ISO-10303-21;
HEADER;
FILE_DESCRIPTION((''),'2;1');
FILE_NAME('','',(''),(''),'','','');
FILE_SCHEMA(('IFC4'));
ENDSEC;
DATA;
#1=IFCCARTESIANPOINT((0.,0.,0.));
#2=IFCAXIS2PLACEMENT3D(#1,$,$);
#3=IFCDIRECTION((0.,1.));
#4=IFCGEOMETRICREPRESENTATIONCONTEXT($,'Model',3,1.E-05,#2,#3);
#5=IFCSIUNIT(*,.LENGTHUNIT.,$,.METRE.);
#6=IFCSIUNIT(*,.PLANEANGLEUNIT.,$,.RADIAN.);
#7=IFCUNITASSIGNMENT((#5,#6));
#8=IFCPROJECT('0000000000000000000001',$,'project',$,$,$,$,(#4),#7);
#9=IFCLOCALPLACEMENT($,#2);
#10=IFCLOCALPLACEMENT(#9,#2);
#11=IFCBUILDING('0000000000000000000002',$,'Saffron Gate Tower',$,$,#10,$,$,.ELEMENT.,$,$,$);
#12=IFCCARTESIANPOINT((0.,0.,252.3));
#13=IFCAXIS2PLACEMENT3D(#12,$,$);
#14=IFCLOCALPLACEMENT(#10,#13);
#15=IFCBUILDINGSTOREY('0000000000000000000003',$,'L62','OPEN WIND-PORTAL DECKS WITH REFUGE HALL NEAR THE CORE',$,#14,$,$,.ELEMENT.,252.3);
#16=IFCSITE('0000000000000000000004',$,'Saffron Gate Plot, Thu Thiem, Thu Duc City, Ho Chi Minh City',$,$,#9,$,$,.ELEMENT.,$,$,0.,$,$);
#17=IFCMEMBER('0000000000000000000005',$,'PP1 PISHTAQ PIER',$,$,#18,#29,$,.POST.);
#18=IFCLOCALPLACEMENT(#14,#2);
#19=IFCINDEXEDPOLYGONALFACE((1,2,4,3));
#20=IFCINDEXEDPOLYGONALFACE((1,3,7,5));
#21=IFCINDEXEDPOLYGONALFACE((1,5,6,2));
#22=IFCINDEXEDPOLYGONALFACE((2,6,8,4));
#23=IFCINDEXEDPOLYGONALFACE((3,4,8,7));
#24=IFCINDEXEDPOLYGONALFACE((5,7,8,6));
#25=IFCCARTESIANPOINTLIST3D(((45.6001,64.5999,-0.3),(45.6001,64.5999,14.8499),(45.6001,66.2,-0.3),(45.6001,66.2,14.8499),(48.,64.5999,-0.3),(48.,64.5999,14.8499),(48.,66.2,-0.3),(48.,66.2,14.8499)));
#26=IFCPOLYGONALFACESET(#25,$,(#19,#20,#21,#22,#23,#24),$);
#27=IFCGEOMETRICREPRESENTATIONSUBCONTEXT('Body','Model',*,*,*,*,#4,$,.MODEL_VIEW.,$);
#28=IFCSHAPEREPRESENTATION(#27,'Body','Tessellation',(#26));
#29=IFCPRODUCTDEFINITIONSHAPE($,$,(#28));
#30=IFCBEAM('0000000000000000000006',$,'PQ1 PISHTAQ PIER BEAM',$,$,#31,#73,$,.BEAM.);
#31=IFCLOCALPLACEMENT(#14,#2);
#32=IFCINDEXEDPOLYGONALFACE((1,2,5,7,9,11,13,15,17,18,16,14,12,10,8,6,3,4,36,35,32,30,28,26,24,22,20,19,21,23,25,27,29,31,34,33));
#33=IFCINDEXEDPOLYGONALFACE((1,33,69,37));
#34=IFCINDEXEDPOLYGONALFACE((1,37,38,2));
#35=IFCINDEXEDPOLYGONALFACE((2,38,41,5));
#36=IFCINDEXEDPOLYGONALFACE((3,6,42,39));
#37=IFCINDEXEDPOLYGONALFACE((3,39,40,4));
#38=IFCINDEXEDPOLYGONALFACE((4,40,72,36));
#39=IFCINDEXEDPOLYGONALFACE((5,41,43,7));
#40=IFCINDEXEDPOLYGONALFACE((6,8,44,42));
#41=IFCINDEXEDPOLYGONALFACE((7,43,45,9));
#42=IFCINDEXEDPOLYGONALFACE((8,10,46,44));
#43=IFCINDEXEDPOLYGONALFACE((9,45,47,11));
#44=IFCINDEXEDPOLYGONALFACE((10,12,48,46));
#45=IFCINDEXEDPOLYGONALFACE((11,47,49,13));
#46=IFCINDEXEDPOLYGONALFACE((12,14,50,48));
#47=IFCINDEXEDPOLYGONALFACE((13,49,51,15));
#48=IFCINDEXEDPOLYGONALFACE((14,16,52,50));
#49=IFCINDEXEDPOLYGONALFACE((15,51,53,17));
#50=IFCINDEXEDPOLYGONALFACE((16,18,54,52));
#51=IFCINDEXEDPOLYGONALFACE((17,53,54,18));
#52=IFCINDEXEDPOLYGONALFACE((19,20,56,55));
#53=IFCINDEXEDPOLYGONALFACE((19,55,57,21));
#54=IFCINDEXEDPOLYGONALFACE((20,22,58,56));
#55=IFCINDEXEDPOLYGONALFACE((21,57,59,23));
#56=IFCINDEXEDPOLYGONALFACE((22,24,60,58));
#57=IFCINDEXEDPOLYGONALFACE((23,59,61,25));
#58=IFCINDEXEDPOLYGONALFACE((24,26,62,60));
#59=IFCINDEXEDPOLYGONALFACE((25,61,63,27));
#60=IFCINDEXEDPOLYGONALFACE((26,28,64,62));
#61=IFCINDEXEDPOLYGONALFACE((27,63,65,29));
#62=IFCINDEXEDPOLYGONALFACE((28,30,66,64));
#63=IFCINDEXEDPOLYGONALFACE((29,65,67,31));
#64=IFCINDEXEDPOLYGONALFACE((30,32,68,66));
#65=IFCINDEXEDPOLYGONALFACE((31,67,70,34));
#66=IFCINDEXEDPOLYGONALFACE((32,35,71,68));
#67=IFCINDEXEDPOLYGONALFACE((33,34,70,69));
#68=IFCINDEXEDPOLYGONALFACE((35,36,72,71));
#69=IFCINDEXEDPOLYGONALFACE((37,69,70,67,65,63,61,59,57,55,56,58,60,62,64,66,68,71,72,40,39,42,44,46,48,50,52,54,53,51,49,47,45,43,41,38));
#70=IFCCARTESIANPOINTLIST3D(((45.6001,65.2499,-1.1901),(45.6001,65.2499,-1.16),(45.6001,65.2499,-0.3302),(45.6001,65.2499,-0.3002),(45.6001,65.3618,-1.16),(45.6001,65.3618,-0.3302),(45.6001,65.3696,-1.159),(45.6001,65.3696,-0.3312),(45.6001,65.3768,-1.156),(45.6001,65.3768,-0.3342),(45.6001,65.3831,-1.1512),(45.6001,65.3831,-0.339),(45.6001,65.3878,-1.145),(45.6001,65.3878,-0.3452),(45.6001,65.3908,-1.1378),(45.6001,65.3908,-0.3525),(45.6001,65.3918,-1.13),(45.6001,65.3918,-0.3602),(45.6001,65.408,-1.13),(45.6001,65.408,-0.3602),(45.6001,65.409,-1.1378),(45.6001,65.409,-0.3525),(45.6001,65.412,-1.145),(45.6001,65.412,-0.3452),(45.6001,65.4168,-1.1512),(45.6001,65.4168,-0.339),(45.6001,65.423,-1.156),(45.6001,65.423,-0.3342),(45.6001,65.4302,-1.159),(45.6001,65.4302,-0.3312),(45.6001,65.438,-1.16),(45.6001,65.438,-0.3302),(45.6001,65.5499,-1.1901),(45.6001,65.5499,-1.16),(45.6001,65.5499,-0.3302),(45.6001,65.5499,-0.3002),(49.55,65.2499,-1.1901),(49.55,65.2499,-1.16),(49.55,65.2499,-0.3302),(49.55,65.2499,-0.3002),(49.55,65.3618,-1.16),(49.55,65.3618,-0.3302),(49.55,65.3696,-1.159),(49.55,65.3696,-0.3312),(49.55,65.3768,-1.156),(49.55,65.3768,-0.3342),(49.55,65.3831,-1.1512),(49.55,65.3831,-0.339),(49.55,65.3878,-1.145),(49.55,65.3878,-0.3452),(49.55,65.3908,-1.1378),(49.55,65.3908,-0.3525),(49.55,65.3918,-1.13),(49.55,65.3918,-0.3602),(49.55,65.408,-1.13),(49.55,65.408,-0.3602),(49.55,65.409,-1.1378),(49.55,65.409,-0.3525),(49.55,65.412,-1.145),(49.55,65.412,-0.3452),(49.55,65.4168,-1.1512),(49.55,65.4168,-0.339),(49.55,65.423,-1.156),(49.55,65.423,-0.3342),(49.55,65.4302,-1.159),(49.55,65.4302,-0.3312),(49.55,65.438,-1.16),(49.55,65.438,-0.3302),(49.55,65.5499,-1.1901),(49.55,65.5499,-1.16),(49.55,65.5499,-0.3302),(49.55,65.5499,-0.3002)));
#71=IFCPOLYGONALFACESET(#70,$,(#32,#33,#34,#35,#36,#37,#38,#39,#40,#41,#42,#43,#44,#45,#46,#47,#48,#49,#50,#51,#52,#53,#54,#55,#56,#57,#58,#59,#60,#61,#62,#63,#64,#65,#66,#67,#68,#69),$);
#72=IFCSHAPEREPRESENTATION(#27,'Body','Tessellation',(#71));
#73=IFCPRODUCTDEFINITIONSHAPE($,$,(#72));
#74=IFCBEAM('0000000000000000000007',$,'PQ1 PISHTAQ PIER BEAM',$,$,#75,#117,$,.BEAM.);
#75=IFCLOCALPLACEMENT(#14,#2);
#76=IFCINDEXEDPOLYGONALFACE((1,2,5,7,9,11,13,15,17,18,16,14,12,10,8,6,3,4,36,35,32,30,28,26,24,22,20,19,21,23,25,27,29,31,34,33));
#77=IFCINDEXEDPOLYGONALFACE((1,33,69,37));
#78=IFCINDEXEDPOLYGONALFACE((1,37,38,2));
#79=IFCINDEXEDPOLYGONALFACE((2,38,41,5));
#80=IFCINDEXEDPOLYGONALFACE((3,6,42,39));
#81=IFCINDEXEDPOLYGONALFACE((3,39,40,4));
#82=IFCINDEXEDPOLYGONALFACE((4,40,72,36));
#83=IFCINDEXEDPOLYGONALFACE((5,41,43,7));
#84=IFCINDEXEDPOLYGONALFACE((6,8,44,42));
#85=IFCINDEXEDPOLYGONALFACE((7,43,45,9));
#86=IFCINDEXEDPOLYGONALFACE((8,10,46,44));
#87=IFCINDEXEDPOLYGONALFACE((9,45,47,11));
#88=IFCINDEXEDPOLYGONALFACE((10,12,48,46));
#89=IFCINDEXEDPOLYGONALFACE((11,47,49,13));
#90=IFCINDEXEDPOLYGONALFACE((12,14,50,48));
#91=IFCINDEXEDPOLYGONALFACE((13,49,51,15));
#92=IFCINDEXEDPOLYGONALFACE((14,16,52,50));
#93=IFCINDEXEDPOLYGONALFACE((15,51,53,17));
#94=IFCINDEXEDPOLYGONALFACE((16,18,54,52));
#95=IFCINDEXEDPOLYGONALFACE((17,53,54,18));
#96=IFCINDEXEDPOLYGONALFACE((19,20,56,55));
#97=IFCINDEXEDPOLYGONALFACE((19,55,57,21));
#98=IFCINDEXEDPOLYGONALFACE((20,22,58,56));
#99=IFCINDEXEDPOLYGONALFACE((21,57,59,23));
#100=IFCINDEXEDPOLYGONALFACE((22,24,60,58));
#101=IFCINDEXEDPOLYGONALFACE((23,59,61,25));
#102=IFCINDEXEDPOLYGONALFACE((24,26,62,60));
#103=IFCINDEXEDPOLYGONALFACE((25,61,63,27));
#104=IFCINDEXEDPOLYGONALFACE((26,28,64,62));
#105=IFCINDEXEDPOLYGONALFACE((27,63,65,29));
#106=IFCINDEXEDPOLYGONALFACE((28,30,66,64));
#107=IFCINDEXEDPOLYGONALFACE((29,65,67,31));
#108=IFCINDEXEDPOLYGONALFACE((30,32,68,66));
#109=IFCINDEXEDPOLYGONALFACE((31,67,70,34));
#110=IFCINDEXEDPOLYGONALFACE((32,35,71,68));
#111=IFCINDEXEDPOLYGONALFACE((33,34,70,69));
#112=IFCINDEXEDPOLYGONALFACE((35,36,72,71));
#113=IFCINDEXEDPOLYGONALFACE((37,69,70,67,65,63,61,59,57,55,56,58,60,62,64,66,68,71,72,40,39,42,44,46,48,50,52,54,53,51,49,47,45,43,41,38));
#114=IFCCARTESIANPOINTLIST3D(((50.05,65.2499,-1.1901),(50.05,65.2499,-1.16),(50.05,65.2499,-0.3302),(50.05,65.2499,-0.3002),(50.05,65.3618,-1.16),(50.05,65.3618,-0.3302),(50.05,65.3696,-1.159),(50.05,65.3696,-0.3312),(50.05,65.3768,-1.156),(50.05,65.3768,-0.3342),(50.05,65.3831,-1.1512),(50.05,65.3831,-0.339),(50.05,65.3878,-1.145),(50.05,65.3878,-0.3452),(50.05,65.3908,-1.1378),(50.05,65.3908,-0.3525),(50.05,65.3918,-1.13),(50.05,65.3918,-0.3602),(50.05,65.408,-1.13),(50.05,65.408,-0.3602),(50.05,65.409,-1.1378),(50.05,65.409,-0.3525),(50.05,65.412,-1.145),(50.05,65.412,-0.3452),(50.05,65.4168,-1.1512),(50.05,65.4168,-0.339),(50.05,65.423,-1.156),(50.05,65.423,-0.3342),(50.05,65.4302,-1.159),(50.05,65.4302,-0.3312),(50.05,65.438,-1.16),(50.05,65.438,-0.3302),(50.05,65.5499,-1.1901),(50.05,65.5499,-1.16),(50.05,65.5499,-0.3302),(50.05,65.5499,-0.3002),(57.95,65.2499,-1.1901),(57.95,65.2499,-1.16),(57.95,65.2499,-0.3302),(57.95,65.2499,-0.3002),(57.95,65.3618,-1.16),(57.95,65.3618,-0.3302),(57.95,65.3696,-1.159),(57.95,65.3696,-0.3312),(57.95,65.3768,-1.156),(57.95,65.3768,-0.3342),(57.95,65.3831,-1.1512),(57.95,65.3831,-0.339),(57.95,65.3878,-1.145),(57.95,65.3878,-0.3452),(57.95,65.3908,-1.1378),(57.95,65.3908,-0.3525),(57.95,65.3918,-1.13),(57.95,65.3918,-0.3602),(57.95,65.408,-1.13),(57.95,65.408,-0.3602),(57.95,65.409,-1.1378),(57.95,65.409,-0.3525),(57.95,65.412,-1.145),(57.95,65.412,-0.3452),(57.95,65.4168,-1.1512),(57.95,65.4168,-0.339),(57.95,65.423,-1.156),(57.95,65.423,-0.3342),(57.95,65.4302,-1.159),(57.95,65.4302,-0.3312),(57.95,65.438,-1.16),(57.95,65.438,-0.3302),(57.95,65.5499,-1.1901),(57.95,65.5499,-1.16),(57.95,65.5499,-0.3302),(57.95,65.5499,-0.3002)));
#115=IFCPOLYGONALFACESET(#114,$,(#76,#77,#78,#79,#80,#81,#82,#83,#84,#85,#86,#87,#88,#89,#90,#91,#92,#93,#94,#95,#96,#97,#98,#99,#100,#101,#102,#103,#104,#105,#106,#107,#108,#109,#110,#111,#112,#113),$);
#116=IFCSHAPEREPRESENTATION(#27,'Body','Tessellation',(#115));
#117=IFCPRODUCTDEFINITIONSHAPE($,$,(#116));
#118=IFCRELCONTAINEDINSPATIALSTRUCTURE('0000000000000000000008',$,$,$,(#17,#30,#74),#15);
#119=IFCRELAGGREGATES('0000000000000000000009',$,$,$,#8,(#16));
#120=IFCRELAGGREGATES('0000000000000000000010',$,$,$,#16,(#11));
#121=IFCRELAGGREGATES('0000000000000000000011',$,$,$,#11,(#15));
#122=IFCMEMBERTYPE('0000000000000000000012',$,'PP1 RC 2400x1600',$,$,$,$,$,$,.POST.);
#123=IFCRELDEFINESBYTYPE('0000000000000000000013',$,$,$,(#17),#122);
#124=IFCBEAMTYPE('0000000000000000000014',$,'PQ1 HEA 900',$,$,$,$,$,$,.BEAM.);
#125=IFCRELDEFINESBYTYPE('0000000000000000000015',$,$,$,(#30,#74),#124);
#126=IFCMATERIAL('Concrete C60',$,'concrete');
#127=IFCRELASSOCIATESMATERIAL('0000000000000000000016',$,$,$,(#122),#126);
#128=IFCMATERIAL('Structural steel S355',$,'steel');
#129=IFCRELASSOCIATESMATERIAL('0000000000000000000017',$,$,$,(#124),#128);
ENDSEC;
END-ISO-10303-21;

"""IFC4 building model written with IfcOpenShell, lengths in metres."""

from ifc_helpers import new_model, si_unit, direction, frame, origin, origin_2d, place, context, subcontext, project, spatial, rectangle, i_section, extrude, material, material_profile, profile_set, type_object, element, save


model = new_model("IFC4")

# Units and contexts
model_context = context("Model", 3, precision=1e-05, world=origin(), true_north=direction((0.0, 1.0)))
body_context = subcontext(model_context, "Body", "Model", "MODEL_VIEW")
ifc_project = project(units=[si_unit("LENGTHUNIT", "METRE"), si_unit("PLANEANGLEUNIT", "RADIAN")], contexts=[model_context])

# Site, building, storey
site_placement = place(None, origin())
site = spatial("IfcSite", under=ifc_project, at=site_placement, Name="Saffron Gate Plot, Thu Thiem, Thu Duc City, Ho Chi Minh City", CompositionType="ELEMENT", RefElevation=0.0)
building_placement = place(site_placement, origin())
building = spatial("IfcBuilding", under=site, at=building_placement, Name="Saffron Gate Tower", CompositionType="ELEMENT")
storey_placement = place(building_placement, frame((0.0, 0.0, 252.3)))
storey = spatial("IfcBuildingStorey", under=building, at=storey_placement, Name="L62", Description="OPEN WIND-PORTAL DECKS WITH REFUGE HALL NEAR THE CORE", CompositionType="ELEMENT", Elevation=252.3)

# Member
ifc_material_1 = material(Name="Structural steel S355", Category="steel")
ifc_material_2 = material(Name="Concrete C60", Category="concrete")
ifc_material_profile_1 = material_profile(ifc_material_2, rectangle(XDim=2.3999, YDim=1.6001, at=origin_2d()))
ifc_profile_set_1 = profile_set([ifc_material_profile_1], Name="Concrete C60")
member_type_1 = type_object("IfcMemberType", Name="PP1 RC 2400x1600", PredefinedType="POST", material=ifc_profile_set_1)
member_1_placement = place(storey_placement, frame((46.8, 65.3999, -0.3), z_axis=(0.0, 0.0, 1.0), x_axis=(1.0, 0.0, 0.0)))
element("IfcMember", 1, at=member_1_placement, inside=storey, type_object=member_type_1, Name="PP1 PISHTAQ PIER", PredefinedType="POST", context=body_context, shape_type="SweptSolid", body=[
    extrude(rectangle(XDim=2.3999, YDim=1.6001, at=origin_2d()), origin(), (0.0, 0.0, 1.0), 15.1499),
])

# Beams
ifc_material_profile_2 = material_profile(ifc_material_1, i_section(OverallWidth=0.3, OverallDepth=0.8899, WebThickness=0.0161, FlangeThickness=0.03, FilletRadius=0.03, at=origin_2d()))
ifc_profile_set_2 = profile_set([ifc_material_profile_2], Name="Structural steel S355")
beam_type = type_object("IfcBeamType", Name="PQ1 HEA 900", PredefinedType="BEAM", material=ifc_profile_set_2)
beam_1_placement = place(storey_placement, frame((45.6001, 65.3999, -0.7451), z_axis=(1.0, 0.0, 0.0), x_axis=(0.0, 1.0, 0.0)))
element("IfcBeam", 2, at=beam_1_placement, inside=storey, type_object=beam_type, Name="PQ1 PISHTAQ PIER BEAM", PredefinedType="BEAM", context=body_context, shape_type="SweptSolid", body=[
    extrude(i_section(OverallWidth=0.3, OverallDepth=0.8899, WebThickness=0.0161, FlangeThickness=0.03, FilletRadius=0.03, at=origin_2d()), origin(), (0.0, 0.0, 1.0), 3.95),
])
beam_2_placement = place(storey_placement, frame((50.05, 65.3999, -0.7451), z_axis=(1.0, 0.0, 0.0), x_axis=(0.0, 1.0, 0.0)))
element("IfcBeam", 3, at=beam_2_placement, inside=storey, type_object=beam_type, Name="PQ1 PISHTAQ PIER BEAM", PredefinedType="BEAM", context=body_context, shape_type="SweptSolid", body=[
    extrude(i_section(OverallWidth=0.3, OverallDepth=0.8899, WebThickness=0.0161, FlangeThickness=0.03, FilletRadius=0.03, at=origin_2d()), origin(), (0.0, 0.0, 1.0), 7.8999),
])

save(model, "model.ifc")
